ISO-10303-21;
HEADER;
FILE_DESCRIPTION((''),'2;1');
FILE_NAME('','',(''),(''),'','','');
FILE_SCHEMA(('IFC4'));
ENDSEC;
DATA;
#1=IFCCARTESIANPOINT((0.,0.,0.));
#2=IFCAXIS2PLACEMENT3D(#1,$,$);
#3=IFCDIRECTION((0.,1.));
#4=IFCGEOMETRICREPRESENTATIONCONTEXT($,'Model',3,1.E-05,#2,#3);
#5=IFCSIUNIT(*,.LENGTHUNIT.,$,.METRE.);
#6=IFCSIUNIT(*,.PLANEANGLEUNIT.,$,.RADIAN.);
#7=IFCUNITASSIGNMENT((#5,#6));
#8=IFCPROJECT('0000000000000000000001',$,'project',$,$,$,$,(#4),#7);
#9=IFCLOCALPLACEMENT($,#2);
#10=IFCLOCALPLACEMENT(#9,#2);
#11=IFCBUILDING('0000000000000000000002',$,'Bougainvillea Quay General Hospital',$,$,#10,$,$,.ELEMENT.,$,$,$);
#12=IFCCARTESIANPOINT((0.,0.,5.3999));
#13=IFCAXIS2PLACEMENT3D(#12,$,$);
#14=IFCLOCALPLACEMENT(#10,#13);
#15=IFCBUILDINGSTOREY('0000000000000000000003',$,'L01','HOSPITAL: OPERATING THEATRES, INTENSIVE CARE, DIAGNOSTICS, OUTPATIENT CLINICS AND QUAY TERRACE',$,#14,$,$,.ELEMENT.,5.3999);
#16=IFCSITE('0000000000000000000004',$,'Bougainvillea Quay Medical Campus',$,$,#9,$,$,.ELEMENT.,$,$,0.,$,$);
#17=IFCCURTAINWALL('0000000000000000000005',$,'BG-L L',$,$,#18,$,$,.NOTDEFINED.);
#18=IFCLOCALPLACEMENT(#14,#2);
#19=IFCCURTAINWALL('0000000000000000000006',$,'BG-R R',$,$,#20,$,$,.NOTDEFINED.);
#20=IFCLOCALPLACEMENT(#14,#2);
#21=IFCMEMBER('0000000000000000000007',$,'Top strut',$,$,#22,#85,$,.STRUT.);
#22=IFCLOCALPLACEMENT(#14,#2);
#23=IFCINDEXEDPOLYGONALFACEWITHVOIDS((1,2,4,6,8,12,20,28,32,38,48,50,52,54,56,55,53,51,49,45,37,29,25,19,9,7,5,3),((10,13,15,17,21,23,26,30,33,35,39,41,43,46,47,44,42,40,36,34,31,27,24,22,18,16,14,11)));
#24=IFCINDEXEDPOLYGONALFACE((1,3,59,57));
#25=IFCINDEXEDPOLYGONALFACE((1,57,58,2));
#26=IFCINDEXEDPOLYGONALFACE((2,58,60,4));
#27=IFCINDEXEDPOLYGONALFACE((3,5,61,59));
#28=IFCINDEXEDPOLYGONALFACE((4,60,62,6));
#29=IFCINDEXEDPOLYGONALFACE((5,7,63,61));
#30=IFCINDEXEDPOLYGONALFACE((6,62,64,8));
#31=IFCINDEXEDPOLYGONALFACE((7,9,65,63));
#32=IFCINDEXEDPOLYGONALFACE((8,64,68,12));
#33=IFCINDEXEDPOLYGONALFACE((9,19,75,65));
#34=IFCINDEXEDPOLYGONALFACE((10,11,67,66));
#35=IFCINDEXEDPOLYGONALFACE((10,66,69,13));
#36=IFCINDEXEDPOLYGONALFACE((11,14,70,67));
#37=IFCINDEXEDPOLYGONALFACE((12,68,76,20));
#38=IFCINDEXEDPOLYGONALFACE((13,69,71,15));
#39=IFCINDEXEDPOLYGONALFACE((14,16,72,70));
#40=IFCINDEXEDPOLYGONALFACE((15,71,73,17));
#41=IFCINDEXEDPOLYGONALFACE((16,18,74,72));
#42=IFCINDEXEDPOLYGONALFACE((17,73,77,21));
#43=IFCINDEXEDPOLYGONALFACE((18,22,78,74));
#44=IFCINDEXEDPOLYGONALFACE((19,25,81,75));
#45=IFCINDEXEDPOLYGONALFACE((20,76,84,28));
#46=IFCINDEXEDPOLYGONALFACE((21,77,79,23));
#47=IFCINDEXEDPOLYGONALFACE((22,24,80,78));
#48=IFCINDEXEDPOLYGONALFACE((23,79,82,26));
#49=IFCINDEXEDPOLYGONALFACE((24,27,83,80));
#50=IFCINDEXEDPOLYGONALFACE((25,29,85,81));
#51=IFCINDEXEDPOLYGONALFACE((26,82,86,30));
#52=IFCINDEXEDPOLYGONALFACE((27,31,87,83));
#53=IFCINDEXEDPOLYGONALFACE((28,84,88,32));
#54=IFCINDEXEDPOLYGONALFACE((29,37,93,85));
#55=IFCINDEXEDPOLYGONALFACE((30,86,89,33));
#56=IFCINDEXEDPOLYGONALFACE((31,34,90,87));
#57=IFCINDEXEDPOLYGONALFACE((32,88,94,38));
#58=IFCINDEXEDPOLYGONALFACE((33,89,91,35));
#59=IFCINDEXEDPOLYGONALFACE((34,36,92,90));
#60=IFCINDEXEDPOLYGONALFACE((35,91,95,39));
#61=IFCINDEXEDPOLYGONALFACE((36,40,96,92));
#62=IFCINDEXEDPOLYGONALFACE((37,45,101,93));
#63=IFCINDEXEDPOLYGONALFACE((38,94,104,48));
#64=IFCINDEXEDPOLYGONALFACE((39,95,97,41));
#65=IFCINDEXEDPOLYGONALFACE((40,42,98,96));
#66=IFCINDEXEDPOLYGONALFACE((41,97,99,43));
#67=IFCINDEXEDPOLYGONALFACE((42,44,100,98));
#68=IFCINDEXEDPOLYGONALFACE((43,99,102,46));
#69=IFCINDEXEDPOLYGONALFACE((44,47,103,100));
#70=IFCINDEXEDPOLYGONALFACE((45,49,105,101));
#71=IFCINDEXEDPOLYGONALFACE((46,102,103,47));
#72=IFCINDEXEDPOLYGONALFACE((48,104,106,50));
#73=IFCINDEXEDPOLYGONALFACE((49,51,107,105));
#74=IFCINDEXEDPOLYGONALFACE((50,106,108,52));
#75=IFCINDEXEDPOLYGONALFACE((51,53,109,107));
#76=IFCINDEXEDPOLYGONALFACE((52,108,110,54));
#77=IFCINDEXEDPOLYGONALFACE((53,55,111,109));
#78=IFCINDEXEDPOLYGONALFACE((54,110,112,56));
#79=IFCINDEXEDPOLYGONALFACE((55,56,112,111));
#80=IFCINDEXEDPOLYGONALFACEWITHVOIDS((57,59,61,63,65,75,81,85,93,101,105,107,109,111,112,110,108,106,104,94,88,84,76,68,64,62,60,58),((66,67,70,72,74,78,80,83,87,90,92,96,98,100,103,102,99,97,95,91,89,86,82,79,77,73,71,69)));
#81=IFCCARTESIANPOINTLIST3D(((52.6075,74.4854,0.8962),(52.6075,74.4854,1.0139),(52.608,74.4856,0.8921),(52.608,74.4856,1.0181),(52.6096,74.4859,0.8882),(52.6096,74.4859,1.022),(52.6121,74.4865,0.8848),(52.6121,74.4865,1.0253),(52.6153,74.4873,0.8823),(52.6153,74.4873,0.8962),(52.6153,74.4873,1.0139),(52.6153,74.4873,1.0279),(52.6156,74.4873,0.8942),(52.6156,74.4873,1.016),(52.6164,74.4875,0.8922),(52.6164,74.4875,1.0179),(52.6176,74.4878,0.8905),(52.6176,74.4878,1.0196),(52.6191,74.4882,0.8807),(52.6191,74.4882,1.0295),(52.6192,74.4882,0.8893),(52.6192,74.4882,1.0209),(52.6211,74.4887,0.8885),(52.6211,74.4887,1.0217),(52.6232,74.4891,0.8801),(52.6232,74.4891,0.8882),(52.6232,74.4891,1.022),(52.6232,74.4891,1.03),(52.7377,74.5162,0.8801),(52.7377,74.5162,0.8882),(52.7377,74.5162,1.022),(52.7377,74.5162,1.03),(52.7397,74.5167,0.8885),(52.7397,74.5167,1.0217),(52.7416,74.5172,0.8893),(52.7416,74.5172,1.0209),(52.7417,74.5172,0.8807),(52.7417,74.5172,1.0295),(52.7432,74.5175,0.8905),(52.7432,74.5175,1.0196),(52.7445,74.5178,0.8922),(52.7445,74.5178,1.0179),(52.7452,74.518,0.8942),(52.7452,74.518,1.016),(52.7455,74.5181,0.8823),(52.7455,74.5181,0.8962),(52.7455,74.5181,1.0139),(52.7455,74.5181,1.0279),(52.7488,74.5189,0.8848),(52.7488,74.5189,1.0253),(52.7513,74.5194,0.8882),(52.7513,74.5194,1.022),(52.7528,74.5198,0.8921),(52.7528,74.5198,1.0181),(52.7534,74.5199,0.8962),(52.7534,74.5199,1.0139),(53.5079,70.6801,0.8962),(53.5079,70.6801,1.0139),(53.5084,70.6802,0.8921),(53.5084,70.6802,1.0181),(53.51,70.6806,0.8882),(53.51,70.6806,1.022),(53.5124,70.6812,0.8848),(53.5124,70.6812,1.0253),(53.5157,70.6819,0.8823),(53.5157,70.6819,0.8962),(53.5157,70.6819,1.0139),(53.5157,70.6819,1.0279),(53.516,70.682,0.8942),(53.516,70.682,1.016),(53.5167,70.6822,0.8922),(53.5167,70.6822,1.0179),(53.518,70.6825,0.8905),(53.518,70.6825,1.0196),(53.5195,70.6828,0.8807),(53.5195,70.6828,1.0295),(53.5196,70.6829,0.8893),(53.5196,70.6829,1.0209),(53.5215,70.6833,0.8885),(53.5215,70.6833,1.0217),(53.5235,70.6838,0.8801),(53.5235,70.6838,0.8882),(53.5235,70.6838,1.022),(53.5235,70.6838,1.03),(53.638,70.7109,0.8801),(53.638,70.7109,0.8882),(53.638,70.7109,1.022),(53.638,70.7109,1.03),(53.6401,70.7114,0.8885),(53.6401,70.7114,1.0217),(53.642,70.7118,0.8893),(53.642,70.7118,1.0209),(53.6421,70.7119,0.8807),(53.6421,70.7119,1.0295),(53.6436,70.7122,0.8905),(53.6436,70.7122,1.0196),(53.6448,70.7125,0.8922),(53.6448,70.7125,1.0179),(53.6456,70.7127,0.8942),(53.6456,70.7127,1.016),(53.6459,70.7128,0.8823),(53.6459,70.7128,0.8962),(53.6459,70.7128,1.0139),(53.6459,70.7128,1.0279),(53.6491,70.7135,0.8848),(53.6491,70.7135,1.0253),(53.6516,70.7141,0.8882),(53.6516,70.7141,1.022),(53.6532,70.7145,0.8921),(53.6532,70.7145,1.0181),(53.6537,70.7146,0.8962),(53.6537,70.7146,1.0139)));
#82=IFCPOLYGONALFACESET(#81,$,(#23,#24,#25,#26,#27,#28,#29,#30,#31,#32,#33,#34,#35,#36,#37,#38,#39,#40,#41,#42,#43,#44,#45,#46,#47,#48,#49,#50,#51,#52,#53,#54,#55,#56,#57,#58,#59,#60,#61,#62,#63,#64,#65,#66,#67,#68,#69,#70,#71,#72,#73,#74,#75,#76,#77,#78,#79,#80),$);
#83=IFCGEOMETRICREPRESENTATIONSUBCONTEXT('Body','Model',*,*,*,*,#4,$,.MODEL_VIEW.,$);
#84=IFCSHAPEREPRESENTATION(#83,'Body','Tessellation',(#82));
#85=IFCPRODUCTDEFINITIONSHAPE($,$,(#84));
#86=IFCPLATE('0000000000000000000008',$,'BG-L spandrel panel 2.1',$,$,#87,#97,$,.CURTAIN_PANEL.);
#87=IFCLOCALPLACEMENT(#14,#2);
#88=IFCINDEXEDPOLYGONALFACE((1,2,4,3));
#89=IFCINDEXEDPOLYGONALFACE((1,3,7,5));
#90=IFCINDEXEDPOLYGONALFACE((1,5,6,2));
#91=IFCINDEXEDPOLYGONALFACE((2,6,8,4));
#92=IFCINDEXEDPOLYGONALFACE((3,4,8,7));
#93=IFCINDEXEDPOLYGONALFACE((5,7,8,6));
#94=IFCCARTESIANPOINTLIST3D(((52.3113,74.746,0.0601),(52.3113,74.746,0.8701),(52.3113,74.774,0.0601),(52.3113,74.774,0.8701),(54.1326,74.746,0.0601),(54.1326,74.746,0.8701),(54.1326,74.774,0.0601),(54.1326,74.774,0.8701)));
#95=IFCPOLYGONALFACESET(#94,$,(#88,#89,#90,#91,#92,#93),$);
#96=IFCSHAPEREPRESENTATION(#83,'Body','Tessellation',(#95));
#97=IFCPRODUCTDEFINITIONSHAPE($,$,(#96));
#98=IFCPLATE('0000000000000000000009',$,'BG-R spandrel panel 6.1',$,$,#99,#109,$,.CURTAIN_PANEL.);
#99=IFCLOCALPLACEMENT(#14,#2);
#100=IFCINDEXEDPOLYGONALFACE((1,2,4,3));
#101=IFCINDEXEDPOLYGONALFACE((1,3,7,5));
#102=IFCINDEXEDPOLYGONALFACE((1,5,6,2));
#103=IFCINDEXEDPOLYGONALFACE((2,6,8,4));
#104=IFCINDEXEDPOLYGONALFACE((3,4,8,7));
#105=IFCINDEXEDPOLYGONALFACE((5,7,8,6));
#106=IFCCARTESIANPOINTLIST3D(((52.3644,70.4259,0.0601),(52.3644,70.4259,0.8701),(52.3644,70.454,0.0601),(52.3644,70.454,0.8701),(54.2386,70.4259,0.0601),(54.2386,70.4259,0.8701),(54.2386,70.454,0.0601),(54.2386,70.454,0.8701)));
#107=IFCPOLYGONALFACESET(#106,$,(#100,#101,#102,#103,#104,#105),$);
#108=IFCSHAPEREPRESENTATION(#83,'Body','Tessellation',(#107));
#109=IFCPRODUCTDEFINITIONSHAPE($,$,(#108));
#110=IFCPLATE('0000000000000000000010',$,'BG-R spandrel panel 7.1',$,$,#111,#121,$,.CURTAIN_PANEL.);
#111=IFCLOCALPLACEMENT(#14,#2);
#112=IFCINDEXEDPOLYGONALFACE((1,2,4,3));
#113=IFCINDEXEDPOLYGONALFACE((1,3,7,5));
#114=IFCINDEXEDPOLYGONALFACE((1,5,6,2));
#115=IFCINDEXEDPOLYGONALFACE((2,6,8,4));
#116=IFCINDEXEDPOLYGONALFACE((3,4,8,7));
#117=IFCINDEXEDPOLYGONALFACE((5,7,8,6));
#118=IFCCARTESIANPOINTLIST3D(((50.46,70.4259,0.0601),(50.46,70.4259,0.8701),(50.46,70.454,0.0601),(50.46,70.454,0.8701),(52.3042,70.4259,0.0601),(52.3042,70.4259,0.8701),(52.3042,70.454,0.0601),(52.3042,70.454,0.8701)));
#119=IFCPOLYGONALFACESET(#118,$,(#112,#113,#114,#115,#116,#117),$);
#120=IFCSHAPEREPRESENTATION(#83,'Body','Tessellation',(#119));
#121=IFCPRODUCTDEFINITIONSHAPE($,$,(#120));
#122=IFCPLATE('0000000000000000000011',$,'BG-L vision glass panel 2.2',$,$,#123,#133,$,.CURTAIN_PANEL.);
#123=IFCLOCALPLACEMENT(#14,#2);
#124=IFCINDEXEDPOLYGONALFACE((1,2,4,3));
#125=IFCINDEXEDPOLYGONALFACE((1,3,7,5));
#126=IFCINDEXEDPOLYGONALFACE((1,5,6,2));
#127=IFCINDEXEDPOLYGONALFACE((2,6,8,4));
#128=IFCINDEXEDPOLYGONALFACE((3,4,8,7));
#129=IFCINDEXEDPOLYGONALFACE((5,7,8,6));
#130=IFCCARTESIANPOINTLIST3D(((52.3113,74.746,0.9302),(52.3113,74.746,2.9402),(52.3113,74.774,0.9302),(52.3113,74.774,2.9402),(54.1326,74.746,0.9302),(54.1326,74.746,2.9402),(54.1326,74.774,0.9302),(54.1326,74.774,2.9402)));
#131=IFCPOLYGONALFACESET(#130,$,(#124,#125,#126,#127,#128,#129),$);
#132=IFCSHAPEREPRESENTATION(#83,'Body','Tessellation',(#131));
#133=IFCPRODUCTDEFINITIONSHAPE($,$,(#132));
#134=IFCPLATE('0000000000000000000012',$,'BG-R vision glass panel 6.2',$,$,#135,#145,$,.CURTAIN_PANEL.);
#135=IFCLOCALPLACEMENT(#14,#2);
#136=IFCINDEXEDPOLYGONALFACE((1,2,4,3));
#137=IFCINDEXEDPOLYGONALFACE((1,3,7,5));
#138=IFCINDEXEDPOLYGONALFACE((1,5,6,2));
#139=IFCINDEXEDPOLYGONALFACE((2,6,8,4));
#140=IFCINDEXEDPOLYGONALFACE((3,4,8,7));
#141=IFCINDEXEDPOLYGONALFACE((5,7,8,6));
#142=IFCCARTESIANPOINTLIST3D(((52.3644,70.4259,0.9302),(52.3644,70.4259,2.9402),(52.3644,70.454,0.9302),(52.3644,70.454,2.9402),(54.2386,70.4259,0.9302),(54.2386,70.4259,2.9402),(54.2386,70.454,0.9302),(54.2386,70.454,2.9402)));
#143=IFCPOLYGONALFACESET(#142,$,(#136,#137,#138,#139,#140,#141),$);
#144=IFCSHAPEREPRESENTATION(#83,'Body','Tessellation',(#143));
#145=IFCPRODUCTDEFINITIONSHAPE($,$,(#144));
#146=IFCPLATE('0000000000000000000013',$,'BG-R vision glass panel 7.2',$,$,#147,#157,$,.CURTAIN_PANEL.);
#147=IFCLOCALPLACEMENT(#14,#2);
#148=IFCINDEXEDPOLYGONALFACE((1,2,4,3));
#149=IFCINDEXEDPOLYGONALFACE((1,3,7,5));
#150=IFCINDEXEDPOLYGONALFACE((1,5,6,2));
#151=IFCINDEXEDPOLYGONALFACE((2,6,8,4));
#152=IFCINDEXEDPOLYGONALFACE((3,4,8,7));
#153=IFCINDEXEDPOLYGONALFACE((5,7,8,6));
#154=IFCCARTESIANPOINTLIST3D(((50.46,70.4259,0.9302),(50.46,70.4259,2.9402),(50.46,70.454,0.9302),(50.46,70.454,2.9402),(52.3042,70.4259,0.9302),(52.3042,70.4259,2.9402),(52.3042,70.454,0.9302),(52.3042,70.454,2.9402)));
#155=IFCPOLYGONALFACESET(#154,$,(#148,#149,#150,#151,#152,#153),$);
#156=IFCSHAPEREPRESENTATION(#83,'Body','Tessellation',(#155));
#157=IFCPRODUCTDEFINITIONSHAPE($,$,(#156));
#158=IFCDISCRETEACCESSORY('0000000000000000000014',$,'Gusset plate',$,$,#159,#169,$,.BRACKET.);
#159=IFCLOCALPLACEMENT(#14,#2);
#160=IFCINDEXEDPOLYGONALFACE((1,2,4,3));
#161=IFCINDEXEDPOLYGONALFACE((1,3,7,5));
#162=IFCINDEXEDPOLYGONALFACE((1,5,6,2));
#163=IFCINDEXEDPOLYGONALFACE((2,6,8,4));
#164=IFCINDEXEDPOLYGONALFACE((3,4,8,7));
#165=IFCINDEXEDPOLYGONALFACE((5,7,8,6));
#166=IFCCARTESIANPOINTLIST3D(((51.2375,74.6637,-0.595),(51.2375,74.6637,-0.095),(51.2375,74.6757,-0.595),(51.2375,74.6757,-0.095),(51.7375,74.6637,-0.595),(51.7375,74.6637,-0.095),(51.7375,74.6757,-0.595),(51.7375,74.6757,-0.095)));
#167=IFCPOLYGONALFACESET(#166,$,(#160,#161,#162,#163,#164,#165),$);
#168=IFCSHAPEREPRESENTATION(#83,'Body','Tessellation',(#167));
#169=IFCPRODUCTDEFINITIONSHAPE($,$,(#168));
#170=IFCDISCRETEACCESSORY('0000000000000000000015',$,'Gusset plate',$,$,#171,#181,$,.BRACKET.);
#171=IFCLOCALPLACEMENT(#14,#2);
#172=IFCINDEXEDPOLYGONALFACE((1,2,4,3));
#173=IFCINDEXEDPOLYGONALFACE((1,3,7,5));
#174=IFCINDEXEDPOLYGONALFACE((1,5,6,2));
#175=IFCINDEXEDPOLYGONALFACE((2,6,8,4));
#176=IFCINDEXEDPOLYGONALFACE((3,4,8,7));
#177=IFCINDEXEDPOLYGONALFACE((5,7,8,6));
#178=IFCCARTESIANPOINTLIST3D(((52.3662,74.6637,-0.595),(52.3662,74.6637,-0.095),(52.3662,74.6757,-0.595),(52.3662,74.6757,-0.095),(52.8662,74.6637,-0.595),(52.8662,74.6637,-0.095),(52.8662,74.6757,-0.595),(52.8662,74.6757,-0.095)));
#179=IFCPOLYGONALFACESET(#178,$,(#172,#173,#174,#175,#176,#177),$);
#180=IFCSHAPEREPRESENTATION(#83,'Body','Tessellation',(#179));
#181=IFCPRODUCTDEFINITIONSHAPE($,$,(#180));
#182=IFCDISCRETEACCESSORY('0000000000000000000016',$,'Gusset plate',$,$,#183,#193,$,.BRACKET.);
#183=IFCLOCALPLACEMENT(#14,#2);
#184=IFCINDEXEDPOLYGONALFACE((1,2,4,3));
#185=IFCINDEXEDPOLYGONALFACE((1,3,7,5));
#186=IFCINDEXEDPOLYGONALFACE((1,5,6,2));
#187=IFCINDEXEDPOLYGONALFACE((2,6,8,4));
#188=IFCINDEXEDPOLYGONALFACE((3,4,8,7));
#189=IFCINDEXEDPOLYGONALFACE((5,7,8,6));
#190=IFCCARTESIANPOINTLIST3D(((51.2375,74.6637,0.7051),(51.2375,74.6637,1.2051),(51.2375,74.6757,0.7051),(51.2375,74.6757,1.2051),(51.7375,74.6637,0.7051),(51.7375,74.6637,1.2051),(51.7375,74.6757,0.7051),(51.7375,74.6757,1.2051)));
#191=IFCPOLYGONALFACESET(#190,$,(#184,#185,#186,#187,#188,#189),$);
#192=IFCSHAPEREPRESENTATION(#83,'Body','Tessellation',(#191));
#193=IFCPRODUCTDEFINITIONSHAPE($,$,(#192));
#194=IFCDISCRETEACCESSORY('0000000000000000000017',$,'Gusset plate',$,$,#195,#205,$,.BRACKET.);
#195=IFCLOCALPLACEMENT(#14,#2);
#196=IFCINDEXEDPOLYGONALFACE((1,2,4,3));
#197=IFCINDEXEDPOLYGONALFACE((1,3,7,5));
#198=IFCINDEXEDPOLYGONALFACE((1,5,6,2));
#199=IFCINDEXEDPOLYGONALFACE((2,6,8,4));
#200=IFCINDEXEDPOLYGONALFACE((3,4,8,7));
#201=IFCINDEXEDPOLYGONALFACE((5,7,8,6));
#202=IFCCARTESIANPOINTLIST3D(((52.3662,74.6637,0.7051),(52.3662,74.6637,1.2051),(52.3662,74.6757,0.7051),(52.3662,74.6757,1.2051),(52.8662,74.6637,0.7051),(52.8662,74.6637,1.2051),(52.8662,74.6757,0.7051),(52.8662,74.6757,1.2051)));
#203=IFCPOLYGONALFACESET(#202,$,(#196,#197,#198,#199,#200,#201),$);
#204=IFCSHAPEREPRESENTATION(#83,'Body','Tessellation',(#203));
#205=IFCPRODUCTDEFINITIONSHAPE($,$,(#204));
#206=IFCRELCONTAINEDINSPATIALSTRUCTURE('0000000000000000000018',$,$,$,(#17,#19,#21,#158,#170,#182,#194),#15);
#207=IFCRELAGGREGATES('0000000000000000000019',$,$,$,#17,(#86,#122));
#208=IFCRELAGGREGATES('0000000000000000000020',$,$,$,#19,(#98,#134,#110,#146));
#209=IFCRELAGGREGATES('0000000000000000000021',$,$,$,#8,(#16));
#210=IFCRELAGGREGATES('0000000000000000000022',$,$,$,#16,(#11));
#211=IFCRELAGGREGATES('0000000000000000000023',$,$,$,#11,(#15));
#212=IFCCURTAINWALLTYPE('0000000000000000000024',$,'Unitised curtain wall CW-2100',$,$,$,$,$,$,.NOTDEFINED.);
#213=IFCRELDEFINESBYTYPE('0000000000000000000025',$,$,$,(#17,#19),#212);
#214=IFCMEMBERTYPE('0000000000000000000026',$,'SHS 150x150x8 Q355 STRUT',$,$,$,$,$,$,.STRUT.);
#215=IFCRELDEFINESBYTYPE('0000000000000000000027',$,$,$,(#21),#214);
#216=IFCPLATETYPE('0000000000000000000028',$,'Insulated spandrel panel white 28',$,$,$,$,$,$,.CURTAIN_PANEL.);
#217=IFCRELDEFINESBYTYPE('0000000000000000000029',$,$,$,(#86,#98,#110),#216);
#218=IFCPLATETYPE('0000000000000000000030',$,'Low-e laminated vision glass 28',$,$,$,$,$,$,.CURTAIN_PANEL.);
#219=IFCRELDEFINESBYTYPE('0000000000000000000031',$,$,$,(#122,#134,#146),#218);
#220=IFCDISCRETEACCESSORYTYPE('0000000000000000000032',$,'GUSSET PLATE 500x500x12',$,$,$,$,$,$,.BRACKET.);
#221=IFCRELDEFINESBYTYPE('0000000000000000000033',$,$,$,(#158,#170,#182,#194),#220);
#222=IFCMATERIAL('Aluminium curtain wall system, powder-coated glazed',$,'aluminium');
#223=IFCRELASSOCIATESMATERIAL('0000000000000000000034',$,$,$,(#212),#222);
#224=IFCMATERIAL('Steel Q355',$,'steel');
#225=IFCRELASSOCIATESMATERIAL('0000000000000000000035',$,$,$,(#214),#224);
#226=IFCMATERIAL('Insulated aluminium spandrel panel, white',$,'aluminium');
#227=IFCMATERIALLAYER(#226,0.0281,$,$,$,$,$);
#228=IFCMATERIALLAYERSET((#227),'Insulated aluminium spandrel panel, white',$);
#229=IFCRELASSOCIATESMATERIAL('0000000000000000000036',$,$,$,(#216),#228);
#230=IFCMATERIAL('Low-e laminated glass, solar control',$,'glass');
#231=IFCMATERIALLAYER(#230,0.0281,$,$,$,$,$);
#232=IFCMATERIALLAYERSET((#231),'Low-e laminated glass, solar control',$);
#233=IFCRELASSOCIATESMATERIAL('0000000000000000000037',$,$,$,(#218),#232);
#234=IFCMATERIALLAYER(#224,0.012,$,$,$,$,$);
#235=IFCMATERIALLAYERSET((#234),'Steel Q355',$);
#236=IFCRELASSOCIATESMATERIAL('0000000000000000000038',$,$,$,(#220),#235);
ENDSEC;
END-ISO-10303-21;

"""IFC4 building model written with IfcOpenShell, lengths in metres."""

from ifc_helpers import new_model, si_unit, direction, frame, origin, origin_2d, place, context, subcontext, project, spatial, rectangle, hollow_rectangle, extrude, material, layer, layer_set, material_profile, profile_set, type_object, element, aggregate, save


model = new_model("IFC4")

# Units and contexts
model_context = context("Model", 3, precision=1e-05, world=origin(), true_north=direction((0.0, 1.0)))
body_context = subcontext(model_context, "Body", "Model", "MODEL_VIEW")
ifc_project = project(units=[si_unit("LENGTHUNIT", "METRE"), si_unit("PLANEANGLEUNIT", "RADIAN")], contexts=[model_context])

# Site, building, storey
site_placement = place(None, origin())
site = spatial("IfcSite", under=ifc_project, at=site_placement, Name="Bougainvillea Quay Medical Campus", CompositionType="ELEMENT", RefElevation=0.0)
building_placement = place(site_placement, origin())
building = spatial("IfcBuilding", under=site, at=building_placement, Name="Bougainvillea Quay General Hospital", CompositionType="ELEMENT")
storey_placement = place(building_placement, frame((0.0, 0.0, 5.3999)))
storey = spatial("IfcBuildingStorey", under=building, at=storey_placement, Name="L01", Description="HOSPITAL: OPERATING THEATRES, INTENSIVE CARE, DIAGNOSTICS, OUTPATIENT CLINICS AND QUAY TERRACE", CompositionType="ELEMENT", Elevation=5.3999)

# Curtain walls
ifc_material_1 = material(Name="Aluminium curtain wall system, powder-coated glazed", Category="aluminium")
curtain_wall_type = type_object("IfcCurtainWallType", Name="Unitised curtain wall CW-2100", PredefinedType="NOTDEFINED", material=ifc_material_1)
curtain_wall_1_placement = place(storey_placement, origin())
curtain_wall_1 = element("IfcCurtainWall", 1, at=curtain_wall_1_placement, inside=storey, type_object=curtain_wall_type, Name="BG-L L", PredefinedType="NOTDEFINED")
curtain_wall_2_placement = place(storey_placement, origin())
curtain_wall_2 = element("IfcCurtainWall", 2, at=curtain_wall_2_placement, inside=storey, type_object=curtain_wall_type, Name="BG-R R", PredefinedType="NOTDEFINED")

# Member
ifc_material_2 = material(Name="Steel Q355", Category="steel")
ifc_material_profile_1 = material_profile(ifc_material_2, hollow_rectangle(XDim=0.1499, YDim=0.1499, WallThickness=0.0081, InnerFilletRadius=0.0081, OuterFilletRadius=0.0161, at=origin_2d()))
ifc_profile_set_1 = profile_set([ifc_material_profile_1], Name="Steel Q355")
member_type_1 = type_object("IfcMemberType", Name="SHS 150x150x8 Q355 STRUT", PredefinedType="STRUT", material=ifc_profile_set_1)
member_1_placement = place(storey_placement, frame((52.6804, 74.5027, 0.9551), z_axis=(0.23025, -0.973131, 0.0), x_axis=(0.973131, 0.23025, 0.0)))
element("IfcMember", 3, at=member_1_placement, inside=storey, type_object=member_type_1, Name="Top strut", PredefinedType="STRUT", context=body_context, shape_type="SweptSolid", body=[
    extrude(hollow_rectangle(XDim=0.1499, YDim=0.1499, WallThickness=0.0081, InnerFilletRadius=0.0081, OuterFilletRadius=0.0161, at=origin_2d()), origin(), (0.0, 0.0, 1.0), 3.9104),
])

# Plates
ifc_material_3 = material(Name="Insulated aluminium spandrel panel, white", Category="aluminium")
ifc_layer_1 = layer(ifc_material_3, 0.0281)
ifc_layer_set_1 = layer_set([ifc_layer_1], Name="Insulated aluminium spandrel panel, white")
plate_type_1 = type_object("IfcPlateType", Name="Insulated spandrel panel white 28", PredefinedType="CURTAIN_PANEL", material=ifc_layer_set_1)
plate_1_placement = place(storey_placement, frame((53.2219, 74.76, 0.0601), z_axis=(0.0, 0.0, 1.0), x_axis=(1.0, 0.0, 0.0)))
plate_1 = element("IfcPlate", 4, at=plate_1_placement, type_object=plate_type_1, Name="BG-L spandrel panel 2.1", PredefinedType="CURTAIN_PANEL", context=body_context, shape_type="SweptSolid", body=[
    extrude(rectangle(XDim=1.8213, YDim=0.0281, at=origin_2d()), origin(), (0.0, 0.0, 1.0), 0.8101),
])
plate_2_placement = place(storey_placement, frame((53.3015, 70.4399, 0.0601), z_axis=(0.0, 0.0, 1.0), x_axis=(-1.0, 0.0, 0.0)))
plate_2 = element("IfcPlate", 5, at=plate_2_placement, type_object=plate_type_1, Name="BG-R spandrel panel 6.1", PredefinedType="CURTAIN_PANEL", context=body_context, shape_type="SweptSolid", body=[
    extrude(rectangle(XDim=1.8743, YDim=0.0281, at=origin_2d()), origin(), (0.0, 0.0, 1.0), 0.8101),
])
plate_3_placement = place(storey_placement, frame((51.3821, 70.4399, 0.0601), z_axis=(0.0, 0.0, 1.0), x_axis=(-1.0, 0.0, 0.0)))
plate_3 = element("IfcPlate", 6, at=plate_3_placement, type_object=plate_type_1, Name="BG-R spandrel panel 7.1", PredefinedType="CURTAIN_PANEL", context=body_context, shape_type="SweptSolid", body=[
    extrude(rectangle(XDim=1.8442, YDim=0.0281, at=origin_2d()), origin(), (0.0, 0.0, 1.0), 0.8101),
])
ifc_material_4 = material(Name="Low-e laminated glass, solar control", Category="glass")
ifc_layer_2 = layer(ifc_material_4, 0.0281)
ifc_layer_set_2 = layer_set([ifc_layer_2], Name="Low-e laminated glass, solar control")
plate_type_2 = type_object("IfcPlateType", Name="Low-e laminated vision glass 28", PredefinedType="CURTAIN_PANEL", material=ifc_layer_set_2)
plate_4_placement = place(storey_placement, frame((53.2219, 74.76, 0.9302), z_axis=(0.0, 0.0, 1.0), x_axis=(1.0, 0.0, 0.0)))
plate_4 = element("IfcPlate", 7, at=plate_4_placement, type_object=plate_type_2, Name="BG-L vision glass panel 2.2", PredefinedType="CURTAIN_PANEL", context=body_context, shape_type="SweptSolid", body=[
    extrude(rectangle(XDim=1.8213, YDim=0.0281, at=origin_2d()), origin(), (0.0, 0.0, 1.0), 2.01),
])
aggregate(curtain_wall_1, [plate_1, plate_4])
plate_5_placement = place(storey_placement, frame((53.3015, 70.4399, 0.9302), z_axis=(0.0, 0.0, 1.0), x_axis=(-1.0, 0.0, 0.0)))
plate_5 = element("IfcPlate", 8, at=plate_5_placement, type_object=plate_type_2, Name="BG-R vision glass panel 6.2", PredefinedType="CURTAIN_PANEL", context=body_context, shape_type="SweptSolid", body=[
    extrude(rectangle(XDim=1.8743, YDim=0.0281, at=origin_2d()), origin(), (0.0, 0.0, 1.0), 2.01),
])
plate_6_placement = place(storey_placement, frame((51.3821, 70.4399, 0.9302), z_axis=(0.0, 0.0, 1.0), x_axis=(-1.0, 0.0, 0.0)))
plate_6 = element("IfcPlate", 9, at=plate_6_placement, type_object=plate_type_2, Name="BG-R vision glass panel 7.2", PredefinedType="CURTAIN_PANEL", context=body_context, shape_type="SweptSolid", body=[
    extrude(rectangle(XDim=1.8442, YDim=0.0281, at=origin_2d()), origin(), (0.0, 0.0, 1.0), 2.01),
])
aggregate(curtain_wall_2, [plate_2, plate_5, plate_3, plate_6])

# Discrete accessories
ifc_layer_3 = layer(ifc_material_2, 0.012)
ifc_layer_set_3 = layer_set([ifc_layer_3], Name="Steel Q355")
discrete_accessory_type = type_object("IfcDiscreteAccessoryType", Name="GUSSET PLATE 500x500x12", PredefinedType="BRACKET", material=ifc_layer_set_3)
for number, where, z_axis, x_axis, name in (
    (10, (51.4875, 74.6697, -0.595), (0.0, 0.0, 1.0), (1.0, 0.0, 0.0), "Gusset plate"),
    (11, (52.6162, 74.6697, -0.595), (0.0, 0.0, 1.0), (1.0, 0.0, 0.0), "Gusset plate"),
    (12, (51.4875, 74.6697, 0.7051), (0.0, 0.0, 1.0), (1.0, 0.0, 0.0), "Gusset plate"),
    (13, (52.6162, 74.6697, 0.7051), (0.0, 0.0, 1.0), (1.0, 0.0, 0.0), "Gusset plate"),
):
    element("IfcDiscreteAccessory", number, at=place(storey_placement, frame(where, z_axis=z_axis, x_axis=x_axis)), inside=storey, type_object=discrete_accessory_type, Name=name, PredefinedType="BRACKET", context=body_context, shape_type="SweptSolid", body=[
        extrude(rectangle(XDim=0.5, YDim=0.012, at=origin_2d()), origin(), (0.0, 0.0, 1.0), 0.5),
    ])

save(model, "model.ifc")
